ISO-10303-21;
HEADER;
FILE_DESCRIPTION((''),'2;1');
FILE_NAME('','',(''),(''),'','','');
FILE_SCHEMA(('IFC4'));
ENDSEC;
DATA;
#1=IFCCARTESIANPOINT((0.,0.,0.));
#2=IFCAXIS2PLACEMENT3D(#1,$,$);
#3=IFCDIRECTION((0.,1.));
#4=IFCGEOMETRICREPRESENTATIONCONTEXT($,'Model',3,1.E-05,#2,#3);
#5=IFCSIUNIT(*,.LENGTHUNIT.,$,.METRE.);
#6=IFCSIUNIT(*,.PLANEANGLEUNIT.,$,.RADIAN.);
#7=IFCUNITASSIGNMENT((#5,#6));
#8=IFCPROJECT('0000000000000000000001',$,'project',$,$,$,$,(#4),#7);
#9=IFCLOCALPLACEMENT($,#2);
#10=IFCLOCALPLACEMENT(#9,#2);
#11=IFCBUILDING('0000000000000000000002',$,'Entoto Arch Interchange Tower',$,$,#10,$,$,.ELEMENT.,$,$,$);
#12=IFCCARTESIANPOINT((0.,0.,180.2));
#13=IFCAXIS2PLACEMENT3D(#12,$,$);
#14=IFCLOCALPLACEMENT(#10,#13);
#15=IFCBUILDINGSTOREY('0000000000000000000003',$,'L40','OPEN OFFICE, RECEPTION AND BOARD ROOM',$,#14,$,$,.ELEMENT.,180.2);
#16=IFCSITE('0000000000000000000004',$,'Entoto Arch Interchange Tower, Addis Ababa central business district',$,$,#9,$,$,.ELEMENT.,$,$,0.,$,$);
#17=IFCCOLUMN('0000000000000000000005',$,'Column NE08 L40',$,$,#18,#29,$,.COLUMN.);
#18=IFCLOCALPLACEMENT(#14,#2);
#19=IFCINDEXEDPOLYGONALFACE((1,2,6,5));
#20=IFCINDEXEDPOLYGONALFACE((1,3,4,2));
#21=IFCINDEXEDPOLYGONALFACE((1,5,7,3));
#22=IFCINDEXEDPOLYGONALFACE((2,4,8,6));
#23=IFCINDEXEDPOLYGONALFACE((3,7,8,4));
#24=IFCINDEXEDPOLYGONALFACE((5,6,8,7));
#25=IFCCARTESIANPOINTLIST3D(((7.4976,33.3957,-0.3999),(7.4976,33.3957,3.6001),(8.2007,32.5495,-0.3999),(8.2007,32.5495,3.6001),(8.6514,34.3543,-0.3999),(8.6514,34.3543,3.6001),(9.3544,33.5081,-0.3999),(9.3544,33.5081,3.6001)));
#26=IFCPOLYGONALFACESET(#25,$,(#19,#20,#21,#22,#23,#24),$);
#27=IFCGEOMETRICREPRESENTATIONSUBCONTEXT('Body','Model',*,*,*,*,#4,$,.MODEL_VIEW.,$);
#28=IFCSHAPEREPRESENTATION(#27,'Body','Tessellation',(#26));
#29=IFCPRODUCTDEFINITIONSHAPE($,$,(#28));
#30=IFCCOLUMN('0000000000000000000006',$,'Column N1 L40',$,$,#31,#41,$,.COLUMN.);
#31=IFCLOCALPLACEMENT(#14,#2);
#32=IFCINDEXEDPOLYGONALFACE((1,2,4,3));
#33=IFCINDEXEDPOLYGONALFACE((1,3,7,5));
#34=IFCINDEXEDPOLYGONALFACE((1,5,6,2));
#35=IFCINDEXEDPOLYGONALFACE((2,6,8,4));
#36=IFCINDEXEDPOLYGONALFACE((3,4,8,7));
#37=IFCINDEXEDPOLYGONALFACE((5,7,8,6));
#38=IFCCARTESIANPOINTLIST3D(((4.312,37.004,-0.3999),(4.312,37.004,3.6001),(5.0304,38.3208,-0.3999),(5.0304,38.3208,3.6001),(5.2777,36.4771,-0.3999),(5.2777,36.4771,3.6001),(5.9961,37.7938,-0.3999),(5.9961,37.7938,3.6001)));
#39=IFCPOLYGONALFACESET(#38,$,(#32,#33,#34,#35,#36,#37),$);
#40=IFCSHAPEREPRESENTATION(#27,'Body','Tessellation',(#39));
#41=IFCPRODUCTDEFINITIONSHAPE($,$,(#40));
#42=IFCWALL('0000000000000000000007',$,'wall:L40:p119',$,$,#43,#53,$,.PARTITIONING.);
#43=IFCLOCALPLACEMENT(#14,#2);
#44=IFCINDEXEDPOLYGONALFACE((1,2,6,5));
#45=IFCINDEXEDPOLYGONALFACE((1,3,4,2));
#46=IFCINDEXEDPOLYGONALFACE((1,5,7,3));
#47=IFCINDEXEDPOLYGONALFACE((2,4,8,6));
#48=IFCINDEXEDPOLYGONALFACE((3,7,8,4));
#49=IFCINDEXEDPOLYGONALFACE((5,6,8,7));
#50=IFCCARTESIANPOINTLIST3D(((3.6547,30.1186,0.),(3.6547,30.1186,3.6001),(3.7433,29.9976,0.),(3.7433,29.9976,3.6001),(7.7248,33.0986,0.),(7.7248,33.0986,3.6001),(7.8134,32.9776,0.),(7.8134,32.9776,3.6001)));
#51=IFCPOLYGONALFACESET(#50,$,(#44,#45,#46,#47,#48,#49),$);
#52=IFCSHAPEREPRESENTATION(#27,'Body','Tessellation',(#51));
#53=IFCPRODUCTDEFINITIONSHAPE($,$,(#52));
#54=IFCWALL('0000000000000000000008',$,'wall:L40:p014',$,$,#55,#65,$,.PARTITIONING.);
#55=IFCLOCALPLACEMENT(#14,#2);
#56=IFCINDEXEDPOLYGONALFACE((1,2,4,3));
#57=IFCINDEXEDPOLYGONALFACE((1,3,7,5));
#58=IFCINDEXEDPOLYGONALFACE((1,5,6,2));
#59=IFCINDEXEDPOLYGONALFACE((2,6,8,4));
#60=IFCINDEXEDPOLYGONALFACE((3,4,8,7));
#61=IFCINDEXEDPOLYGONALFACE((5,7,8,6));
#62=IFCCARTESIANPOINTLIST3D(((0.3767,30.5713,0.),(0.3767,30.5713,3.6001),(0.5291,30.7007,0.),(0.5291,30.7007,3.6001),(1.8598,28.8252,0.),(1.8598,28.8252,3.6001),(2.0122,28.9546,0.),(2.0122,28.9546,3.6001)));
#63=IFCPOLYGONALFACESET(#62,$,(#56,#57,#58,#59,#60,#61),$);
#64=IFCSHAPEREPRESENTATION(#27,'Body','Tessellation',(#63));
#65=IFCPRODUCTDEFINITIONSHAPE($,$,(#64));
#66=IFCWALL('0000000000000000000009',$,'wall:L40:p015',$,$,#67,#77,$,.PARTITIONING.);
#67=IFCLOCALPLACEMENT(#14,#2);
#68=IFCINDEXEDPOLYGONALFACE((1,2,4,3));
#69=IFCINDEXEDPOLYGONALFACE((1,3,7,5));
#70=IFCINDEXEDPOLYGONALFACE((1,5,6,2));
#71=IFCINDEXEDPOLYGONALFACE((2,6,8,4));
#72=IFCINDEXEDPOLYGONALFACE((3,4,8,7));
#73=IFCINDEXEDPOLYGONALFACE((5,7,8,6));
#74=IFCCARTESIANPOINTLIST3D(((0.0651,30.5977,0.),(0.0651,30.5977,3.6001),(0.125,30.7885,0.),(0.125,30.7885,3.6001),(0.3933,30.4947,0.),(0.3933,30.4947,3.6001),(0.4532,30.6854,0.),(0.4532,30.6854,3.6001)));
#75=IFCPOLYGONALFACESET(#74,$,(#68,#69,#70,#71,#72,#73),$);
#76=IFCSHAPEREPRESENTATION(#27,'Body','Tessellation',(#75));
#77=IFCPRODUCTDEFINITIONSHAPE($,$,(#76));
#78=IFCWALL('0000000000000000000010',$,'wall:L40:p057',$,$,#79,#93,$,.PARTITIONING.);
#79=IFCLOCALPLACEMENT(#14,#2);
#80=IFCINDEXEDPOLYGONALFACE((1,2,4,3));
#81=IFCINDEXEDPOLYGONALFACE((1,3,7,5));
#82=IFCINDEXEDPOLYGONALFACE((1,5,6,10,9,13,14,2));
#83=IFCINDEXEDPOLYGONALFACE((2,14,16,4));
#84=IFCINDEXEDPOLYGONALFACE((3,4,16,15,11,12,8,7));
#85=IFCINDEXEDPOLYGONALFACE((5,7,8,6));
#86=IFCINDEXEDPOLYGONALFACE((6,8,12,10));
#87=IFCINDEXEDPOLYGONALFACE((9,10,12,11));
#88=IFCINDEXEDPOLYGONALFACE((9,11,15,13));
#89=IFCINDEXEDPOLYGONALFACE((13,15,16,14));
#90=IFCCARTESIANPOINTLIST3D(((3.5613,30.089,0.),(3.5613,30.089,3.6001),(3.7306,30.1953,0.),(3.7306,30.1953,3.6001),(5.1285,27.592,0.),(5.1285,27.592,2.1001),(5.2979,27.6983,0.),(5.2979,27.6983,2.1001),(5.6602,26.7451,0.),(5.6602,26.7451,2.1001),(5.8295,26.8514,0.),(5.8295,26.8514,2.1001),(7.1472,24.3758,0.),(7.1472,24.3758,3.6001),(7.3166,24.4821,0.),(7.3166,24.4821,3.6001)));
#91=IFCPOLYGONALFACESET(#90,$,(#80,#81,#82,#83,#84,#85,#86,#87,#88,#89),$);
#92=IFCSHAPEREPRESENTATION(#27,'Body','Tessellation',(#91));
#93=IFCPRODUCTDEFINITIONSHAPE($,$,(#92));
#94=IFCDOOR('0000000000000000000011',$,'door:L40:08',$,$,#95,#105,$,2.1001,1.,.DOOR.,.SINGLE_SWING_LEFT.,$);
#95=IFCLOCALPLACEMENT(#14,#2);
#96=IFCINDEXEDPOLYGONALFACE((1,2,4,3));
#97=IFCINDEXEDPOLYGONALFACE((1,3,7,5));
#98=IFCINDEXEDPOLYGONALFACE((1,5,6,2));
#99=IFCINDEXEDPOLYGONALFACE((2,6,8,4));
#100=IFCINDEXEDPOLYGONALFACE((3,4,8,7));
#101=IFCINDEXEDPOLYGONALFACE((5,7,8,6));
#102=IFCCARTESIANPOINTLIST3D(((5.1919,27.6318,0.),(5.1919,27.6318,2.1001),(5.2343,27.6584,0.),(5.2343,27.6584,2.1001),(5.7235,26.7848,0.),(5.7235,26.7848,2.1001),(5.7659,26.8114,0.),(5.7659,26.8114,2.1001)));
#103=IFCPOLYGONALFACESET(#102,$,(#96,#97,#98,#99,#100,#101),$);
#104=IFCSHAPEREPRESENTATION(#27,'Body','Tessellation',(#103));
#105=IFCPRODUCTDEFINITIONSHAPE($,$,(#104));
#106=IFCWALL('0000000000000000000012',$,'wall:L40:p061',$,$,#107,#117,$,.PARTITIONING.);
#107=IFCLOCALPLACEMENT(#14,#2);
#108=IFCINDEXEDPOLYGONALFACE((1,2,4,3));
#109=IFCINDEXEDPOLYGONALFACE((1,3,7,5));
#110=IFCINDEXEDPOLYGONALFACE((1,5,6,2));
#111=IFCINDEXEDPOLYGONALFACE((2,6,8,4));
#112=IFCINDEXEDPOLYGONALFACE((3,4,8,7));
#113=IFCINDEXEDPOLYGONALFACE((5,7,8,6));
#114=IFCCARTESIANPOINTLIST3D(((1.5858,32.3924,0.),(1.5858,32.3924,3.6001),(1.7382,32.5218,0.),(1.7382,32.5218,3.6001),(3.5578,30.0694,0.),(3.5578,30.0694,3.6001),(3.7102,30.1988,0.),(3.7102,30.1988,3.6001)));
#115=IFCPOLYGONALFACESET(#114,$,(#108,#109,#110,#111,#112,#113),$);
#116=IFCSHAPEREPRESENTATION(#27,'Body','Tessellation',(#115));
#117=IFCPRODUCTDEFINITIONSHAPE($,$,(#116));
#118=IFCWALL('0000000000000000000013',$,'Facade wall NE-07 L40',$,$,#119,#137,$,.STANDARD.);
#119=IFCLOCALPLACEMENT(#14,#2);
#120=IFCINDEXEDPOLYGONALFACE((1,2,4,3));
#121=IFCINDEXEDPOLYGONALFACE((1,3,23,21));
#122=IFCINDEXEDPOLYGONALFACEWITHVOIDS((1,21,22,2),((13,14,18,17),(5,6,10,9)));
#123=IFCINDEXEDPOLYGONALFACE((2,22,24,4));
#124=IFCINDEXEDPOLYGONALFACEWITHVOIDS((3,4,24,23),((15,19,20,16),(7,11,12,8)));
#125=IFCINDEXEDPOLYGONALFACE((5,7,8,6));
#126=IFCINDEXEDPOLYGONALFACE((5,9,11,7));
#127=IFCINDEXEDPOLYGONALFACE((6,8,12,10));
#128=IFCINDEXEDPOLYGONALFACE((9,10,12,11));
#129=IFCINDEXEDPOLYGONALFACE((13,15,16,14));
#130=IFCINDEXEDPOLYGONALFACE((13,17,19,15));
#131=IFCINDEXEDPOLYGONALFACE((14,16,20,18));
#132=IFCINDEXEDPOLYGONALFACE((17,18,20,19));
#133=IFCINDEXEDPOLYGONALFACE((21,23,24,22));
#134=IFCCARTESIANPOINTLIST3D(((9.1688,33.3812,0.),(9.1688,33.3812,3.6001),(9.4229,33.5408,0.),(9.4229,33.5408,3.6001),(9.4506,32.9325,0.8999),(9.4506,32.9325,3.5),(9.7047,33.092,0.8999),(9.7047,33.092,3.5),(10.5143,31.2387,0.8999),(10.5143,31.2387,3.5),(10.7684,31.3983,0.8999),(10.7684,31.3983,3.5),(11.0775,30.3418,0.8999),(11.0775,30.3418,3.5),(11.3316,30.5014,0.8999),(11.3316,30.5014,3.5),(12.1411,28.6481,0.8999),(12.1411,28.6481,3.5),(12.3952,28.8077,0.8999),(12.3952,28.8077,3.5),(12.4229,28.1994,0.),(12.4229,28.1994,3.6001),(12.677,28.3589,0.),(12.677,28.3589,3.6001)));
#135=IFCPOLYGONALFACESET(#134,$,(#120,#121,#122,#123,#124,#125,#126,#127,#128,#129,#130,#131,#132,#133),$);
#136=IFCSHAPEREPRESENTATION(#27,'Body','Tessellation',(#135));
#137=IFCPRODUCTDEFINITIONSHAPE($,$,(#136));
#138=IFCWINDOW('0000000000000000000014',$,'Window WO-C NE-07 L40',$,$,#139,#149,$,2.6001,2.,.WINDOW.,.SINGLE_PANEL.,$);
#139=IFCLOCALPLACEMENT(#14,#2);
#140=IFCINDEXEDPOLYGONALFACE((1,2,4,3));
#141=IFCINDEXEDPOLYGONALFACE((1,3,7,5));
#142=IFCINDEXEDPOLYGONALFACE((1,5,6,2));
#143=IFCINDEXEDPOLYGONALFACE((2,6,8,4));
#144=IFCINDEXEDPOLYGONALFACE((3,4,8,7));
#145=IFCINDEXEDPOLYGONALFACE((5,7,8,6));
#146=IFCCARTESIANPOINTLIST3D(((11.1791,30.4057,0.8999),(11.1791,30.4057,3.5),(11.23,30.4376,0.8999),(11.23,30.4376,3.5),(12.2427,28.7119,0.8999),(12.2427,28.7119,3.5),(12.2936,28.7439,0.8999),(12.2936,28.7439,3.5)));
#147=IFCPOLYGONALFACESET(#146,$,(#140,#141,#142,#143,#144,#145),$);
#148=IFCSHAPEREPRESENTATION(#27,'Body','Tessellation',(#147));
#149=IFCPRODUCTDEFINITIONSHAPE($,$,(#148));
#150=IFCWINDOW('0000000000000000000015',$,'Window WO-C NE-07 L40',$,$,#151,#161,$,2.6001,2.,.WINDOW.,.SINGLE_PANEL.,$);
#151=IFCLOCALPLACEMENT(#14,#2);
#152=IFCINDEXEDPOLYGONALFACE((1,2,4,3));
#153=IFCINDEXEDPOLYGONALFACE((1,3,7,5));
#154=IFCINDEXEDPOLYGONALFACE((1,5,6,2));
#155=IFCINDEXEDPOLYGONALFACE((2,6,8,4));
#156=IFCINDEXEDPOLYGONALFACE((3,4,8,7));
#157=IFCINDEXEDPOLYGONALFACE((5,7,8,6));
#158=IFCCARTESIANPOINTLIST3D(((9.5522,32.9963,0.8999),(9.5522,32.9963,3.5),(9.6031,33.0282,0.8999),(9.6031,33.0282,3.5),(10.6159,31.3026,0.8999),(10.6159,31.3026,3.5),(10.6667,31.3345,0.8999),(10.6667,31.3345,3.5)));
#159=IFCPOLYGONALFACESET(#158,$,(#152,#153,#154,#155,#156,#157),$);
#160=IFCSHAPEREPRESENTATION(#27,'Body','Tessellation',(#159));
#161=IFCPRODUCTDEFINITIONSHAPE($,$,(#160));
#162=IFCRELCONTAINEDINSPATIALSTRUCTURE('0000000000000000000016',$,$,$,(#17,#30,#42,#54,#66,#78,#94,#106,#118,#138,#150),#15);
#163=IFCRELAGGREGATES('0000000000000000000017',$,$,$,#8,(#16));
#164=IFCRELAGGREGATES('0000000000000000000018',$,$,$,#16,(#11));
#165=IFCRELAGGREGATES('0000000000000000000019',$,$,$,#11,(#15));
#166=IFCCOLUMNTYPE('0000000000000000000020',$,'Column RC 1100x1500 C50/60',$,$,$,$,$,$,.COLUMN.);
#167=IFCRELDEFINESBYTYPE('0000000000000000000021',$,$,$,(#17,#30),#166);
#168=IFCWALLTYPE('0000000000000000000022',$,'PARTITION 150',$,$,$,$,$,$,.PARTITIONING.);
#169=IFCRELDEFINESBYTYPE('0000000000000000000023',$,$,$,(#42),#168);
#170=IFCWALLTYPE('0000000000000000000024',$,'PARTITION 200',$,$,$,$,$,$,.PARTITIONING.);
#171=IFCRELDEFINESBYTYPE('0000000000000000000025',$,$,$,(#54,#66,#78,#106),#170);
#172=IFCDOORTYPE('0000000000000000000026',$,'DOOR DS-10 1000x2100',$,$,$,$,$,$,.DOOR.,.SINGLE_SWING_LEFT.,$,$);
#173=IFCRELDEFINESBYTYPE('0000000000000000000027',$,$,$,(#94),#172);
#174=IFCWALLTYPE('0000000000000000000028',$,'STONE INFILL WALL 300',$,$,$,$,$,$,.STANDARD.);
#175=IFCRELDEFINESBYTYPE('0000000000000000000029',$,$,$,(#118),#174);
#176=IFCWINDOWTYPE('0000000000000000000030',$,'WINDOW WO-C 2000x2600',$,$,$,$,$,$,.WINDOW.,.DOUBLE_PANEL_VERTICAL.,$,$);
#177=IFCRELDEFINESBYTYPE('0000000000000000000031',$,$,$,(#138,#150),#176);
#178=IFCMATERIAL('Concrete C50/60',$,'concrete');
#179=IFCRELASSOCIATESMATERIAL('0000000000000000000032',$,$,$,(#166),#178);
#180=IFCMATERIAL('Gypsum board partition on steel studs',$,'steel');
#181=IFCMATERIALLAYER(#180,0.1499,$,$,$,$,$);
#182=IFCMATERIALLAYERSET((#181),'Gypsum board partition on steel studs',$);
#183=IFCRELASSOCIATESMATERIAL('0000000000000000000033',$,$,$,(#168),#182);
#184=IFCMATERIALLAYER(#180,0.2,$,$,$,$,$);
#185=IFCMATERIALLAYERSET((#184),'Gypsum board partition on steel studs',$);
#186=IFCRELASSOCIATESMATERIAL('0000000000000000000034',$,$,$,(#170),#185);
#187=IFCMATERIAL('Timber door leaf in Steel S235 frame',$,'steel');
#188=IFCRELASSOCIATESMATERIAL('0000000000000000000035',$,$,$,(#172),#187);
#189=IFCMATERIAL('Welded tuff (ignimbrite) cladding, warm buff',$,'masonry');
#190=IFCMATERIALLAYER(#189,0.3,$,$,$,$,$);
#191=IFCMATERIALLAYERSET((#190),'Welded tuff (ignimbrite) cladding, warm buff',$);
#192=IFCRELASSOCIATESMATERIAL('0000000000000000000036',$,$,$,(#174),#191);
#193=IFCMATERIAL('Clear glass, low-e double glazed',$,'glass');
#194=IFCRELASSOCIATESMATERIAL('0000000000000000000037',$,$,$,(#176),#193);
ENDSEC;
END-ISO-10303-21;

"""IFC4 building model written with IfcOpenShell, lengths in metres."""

from ifc_helpers import new_model, si_unit, direction, frame, frame_2d, origin, origin_2d, place, context, subcontext, project, spatial, rectangle, extrude, material, layer, layer_set, material_profile, profile_set, type_object, element, fill, save


model = new_model("IFC4")

# Units and contexts
model_context = context("Model", 3, precision=1e-05, world=origin(), true_north=direction((0.0, 1.0)))
body_context = subcontext(model_context, "Body", "Model", "MODEL_VIEW")
ifc_project = project(units=[si_unit("LENGTHUNIT", "METRE"), si_unit("PLANEANGLEUNIT", "RADIAN")], contexts=[model_context])

# Site, building, storey
site_placement = place(None, origin())
site = spatial("IfcSite", under=ifc_project, at=site_placement, Name="Entoto Arch Interchange Tower, Addis Ababa central business district", CompositionType="ELEMENT", RefElevation=0.0)
building_placement = place(site_placement, origin())
building = spatial("IfcBuilding", under=site, at=building_placement, Name="Entoto Arch Interchange Tower", CompositionType="ELEMENT")
storey_placement = place(building_placement, frame((0.0, 0.0, 180.2)))
storey = spatial("IfcBuildingStorey", under=building, at=storey_placement, Name="L40", Description="OPEN OFFICE, RECEPTION AND BOARD ROOM", CompositionType="ELEMENT", Elevation=180.2)

# Columns
ifc_material_1 = material(Name="Concrete C50/60", Category="concrete")
ifc_material_profile = material_profile(ifc_material_1, rectangle(XDim=1.1001, YDim=1.5, at=origin_2d()))
ifc_profile_set = profile_set([ifc_material_profile], Name="Concrete C50/60")
column_type = type_object("IfcColumnType", Name="Column RC 1100x1500 C50/60", PredefinedType="COLUMN", material=ifc_profile_set)
for number, where, z_axis, x_axis, name in (
    (1, (8.426, 33.4519, -0.3999), (0.0, 0.0, 1.0), (-0.63905, 0.769165, 0.0), "Column NE08 L40"),
    (2, (5.1541, 37.3989, -0.3999), (0.0, 0.0, 1.0), (-0.877833, 0.478968, 0.0), "Column N1 L40"),
):
    element("IfcColumn", number, at=place(storey_placement, frame(where, z_axis=z_axis, x_axis=x_axis)), inside=storey, type_object=column_type, Name=name, PredefinedType="COLUMN", context=body_context, shape_type="SweptSolid", body=[
        extrude(rectangle(XDim=1.1001, YDim=1.5, at=origin_2d()), origin(), (0.0, 0.0, 1.0), 4.0),
    ])

# Walls
ifc_material_2 = material(Name="Gypsum board partition on steel studs", Category="steel")
ifc_layer_1 = layer(ifc_material_2, 0.1499)
ifc_layer_set_1 = layer_set([ifc_layer_1], Name="Gypsum board partition on steel studs")
wall_type_1 = type_object("IfcWallType", Name="PARTITION 150", PredefinedType="PARTITIONING", material=ifc_layer_set_1)
wall_1_placement = place(storey_placement, frame((3.699, 30.0581, 0.0), z_axis=(0.0, 0.0, 1.0), x_axis=(0.806853, 0.590753, 0.0)))
element("IfcWall", 3, at=wall_1_placement, inside=storey, type_object=wall_type_1, Name="wall:L40:p119", PredefinedType="PARTITIONING", context=body_context, shape_type="SweptSolid", body=[
    extrude(rectangle(XDim=5.0444, YDim=0.1499, at=frame_2d((2.5222, 0.0))), origin(), (0.0, 0.0, 1.0), 3.6001),
])
ifc_layer_2 = layer(ifc_material_2, 0.2)
ifc_layer_set_2 = layer_set([ifc_layer_2], Name="Gypsum board partition on steel studs")
wall_type_2 = type_object("IfcWallType", Name="PARTITION 200", PredefinedType="PARTITIONING", material=ifc_layer_set_2)
wall_2_placement = place(storey_placement, frame((1.936, 28.8899, 0.0), z_axis=(0.0, 0.0, 1.0), x_axis=(-0.647389, 0.76216, 0.0)))
element("IfcWall", 4, at=wall_2_placement, inside=storey, type_object=wall_type_2, Name="wall:L40:p014", PredefinedType="PARTITIONING", context=body_context, shape_type="SweptSolid", body=[
    extrude(rectangle(XDim=2.291, YDim=0.2, at=frame_2d((1.1455, 0.0))), origin(), (0.0, 0.0, 1.0), 3.6001),
])
wall_3_placement = place(storey_placement, frame((0.4231, 30.5901, 0.0), z_axis=(0.0, 0.0, 1.0), x_axis=(-0.954075, 0.299568, 0.0)))
element("IfcWall", 5, at=wall_3_placement, inside=storey, type_object=wall_type_2, Name="wall:L40:p015", PredefinedType="PARTITIONING", context=body_context, shape_type="SweptSolid", body=[
    extrude(rectangle(XDim=0.344, YDim=0.2, at=frame_2d((0.1719, 0.0))), origin(), (0.0, 0.0, 1.0), 3.6001),
])

# Wall, opening, door
wall_4_placement = place(storey_placement, frame((3.646, 30.1421, 0.0), z_axis=(0.0, 0.0, 1.0), x_axis=(0.531621, -0.846982, 0.0)))
wall_4 = element("IfcWall", 6, at=wall_4_placement, inside=storey, type_object=wall_type_2, Name="wall:L40:p057", PredefinedType="PARTITIONING", context=body_context, shape_type="SweptSolid", body=[
    extrude(rectangle(XDim=6.7454, YDim=0.2, at=frame_2d((3.3726, 0.0))), origin(), (0.0, 0.0, 1.0), 3.6001),
])
opening_1_placement = place(wall_4_placement, frame((2.948, 0.0, 0.0)))
opening_1 = element("IfcOpeningElement", 7, at=opening_1_placement, cuts=wall_4, PredefinedType="OPENING", context=body_context, shape_type="SweptSolid", body=[
    extrude(rectangle(XDim=1.0, YDim=2.1001, at=frame_2d((0.5, 1.05))), frame((0.0, 0.1099, 0.0), z_axis=(0.0, -1.0, 0.0), x_axis=(1.0, 0.0, 0.0)), (0.0, 0.0, 1.0), 0.22),
])
ifc_material_3 = material(Name="Timber door leaf in Steel S235 frame", Category="steel")
door_type = type_object("IfcDoorType", Name="DOOR DS-10 1000x2100", OperationType="SINGLE_SWING_LEFT", PredefinedType="DOOR", material=ifc_material_3)
door_placement = place(opening_1_placement, origin())
door = element("IfcDoor", 8, at=door_placement, inside=storey, type_object=door_type, Name="door:L40:08", OperationType="SINGLE_SWING_LEFT", OverallHeight=2.1001, OverallWidth=1.0, PredefinedType="DOOR", context=body_context, shape_type="SweptSolid", body=[
    extrude(rectangle(XDim=1.0, YDim=2.1001, at=frame_2d((0.5, 1.05))), frame((0.0, 0.0249, 0.0), z_axis=(0.0, -1.0, 0.0), x_axis=(1.0, 0.0, 0.0)), (0.0, 0.0, 1.0), 0.05),
])
fill(opening_1, door)

# Wall
wall_5_placement = place(storey_placement, frame((1.6621, 32.457, 0.0), z_axis=(0.0, 0.0, 1.0), x_axis=(0.647148, -0.762364, 0.0)))
element("IfcWall", 9, at=wall_5_placement, inside=storey, type_object=wall_type_2, Name="wall:L40:p061", PredefinedType="PARTITIONING", context=body_context, shape_type="SweptSolid", body=[
    extrude(rectangle(XDim=3.0471, YDim=0.2, at=frame_2d((1.5234, 0.0))), origin(), (0.0, 0.0, 1.0), 3.6001),
])

# Wall, openings, windows
ifc_material_4 = material(Name="Welded tuff (ignimbrite) cladding, warm buff", Category="masonry")
ifc_layer_3 = layer(ifc_material_4, 0.3)
ifc_layer_set_3 = layer_set([ifc_layer_3], Name="Welded tuff (ignimbrite) cladding, warm buff")
wall_type_3 = type_object("IfcWallType", Name="STONE INFILL WALL 300", PredefinedType="STANDARD", material=ifc_layer_set_3)
wall_6_placement = place(storey_placement, frame((12.55, 28.2791, 0.0), z_axis=(0.0, 0.0, 1.0), x_axis=(-0.531816, 0.84686, 0.0)))
wall_6 = element("IfcWall", 10, at=wall_6_placement, inside=storey, type_object=wall_type_3, Name="Facade wall NE-07 L40", PredefinedType="STANDARD", context=body_context, shape_type="SweptSolid", body=[
    extrude(rectangle(XDim=6.1189, YDim=0.3, at=frame_2d((3.0596, 0.0))), origin(), (0.0, 0.0, 1.0), 3.6001),
])
opening_2_placement = place(wall_6_placement, frame((0.53, 0.0, 0.8999)))
opening_2 = element("IfcOpeningElement", 11, at=opening_2_placement, cuts=wall_6, PredefinedType="OPENING", context=body_context, shape_type="SweptSolid", body=[
    extrude(rectangle(XDim=2.0, YDim=2.6001, at=frame_2d((1.0, 1.3))), frame((0.0, 0.1602, 0.0), z_axis=(0.0, -1.0, 0.0), x_axis=(1.0, 0.0, 0.0)), (0.0, 0.0, 1.0), 0.3201),
])
opening_3_placement = place(wall_6_placement, frame((3.5891, 0.0, 0.8999)))
opening_3 = element("IfcOpeningElement", 12, at=opening_3_placement, cuts=wall_6, PredefinedType="OPENING", context=body_context, shape_type="SweptSolid", body=[
    extrude(rectangle(XDim=2.0, YDim=2.6001, at=frame_2d((1.0, 1.3))), frame((0.0, 0.1602, 0.0), z_axis=(0.0, -1.0, 0.0), x_axis=(1.0, 0.0, 0.0)), (0.0, 0.0, 1.0), 0.3201),
])
ifc_material_5 = material(Name="Clear glass, low-e double glazed", Category="glass")
window_type_1 = type_object("IfcWindowType", Name="WINDOW WO-C 2000x2600", PartitioningType="DOUBLE_PANEL_VERTICAL", PredefinedType="WINDOW", material=ifc_material_5)
window_1_placement = place(opening_2_placement, origin())
window_1 = element("IfcWindow", 13, at=window_1_placement, inside=storey, type_object=window_type_1, Name="Window WO-C NE-07 L40", OverallHeight=2.6001, OverallWidth=2.0, PartitioningType="SINGLE_PANEL", PredefinedType="WINDOW", context=body_context, shape_type="SweptSolid", body=[
    extrude(rectangle(XDim=2.0, YDim=2.6001, at=frame_2d((1.0, 1.3))), frame((0.0, 0.03, 0.0), z_axis=(0.0, -1.0, 0.0), x_axis=(1.0, 0.0, 0.0)), (0.0, 0.0, 1.0), 0.0601),
])
fill(opening_2, window_1)
window_2_placement = place(opening_3_placement, origin())
window_2 = element("IfcWindow", 14, at=window_2_placement, inside=storey, type_object=window_type_1, Name="Window WO-C NE-07 L40", OverallHeight=2.6001, OverallWidth=2.0, PartitioningType="SINGLE_PANEL", PredefinedType="WINDOW", context=body_context, shape_type="SweptSolid", body=[
    extrude(rectangle(XDim=2.0, YDim=2.6001, at=frame_2d((1.0, 1.3))), frame((0.0, 0.03, 0.0), z_axis=(0.0, -1.0, 0.0), x_axis=(1.0, 0.0, 0.0)), (0.0, 0.0, 1.0), 0.0601),
])
fill(opening_3, window_2)

save(model, "model.ifc")
